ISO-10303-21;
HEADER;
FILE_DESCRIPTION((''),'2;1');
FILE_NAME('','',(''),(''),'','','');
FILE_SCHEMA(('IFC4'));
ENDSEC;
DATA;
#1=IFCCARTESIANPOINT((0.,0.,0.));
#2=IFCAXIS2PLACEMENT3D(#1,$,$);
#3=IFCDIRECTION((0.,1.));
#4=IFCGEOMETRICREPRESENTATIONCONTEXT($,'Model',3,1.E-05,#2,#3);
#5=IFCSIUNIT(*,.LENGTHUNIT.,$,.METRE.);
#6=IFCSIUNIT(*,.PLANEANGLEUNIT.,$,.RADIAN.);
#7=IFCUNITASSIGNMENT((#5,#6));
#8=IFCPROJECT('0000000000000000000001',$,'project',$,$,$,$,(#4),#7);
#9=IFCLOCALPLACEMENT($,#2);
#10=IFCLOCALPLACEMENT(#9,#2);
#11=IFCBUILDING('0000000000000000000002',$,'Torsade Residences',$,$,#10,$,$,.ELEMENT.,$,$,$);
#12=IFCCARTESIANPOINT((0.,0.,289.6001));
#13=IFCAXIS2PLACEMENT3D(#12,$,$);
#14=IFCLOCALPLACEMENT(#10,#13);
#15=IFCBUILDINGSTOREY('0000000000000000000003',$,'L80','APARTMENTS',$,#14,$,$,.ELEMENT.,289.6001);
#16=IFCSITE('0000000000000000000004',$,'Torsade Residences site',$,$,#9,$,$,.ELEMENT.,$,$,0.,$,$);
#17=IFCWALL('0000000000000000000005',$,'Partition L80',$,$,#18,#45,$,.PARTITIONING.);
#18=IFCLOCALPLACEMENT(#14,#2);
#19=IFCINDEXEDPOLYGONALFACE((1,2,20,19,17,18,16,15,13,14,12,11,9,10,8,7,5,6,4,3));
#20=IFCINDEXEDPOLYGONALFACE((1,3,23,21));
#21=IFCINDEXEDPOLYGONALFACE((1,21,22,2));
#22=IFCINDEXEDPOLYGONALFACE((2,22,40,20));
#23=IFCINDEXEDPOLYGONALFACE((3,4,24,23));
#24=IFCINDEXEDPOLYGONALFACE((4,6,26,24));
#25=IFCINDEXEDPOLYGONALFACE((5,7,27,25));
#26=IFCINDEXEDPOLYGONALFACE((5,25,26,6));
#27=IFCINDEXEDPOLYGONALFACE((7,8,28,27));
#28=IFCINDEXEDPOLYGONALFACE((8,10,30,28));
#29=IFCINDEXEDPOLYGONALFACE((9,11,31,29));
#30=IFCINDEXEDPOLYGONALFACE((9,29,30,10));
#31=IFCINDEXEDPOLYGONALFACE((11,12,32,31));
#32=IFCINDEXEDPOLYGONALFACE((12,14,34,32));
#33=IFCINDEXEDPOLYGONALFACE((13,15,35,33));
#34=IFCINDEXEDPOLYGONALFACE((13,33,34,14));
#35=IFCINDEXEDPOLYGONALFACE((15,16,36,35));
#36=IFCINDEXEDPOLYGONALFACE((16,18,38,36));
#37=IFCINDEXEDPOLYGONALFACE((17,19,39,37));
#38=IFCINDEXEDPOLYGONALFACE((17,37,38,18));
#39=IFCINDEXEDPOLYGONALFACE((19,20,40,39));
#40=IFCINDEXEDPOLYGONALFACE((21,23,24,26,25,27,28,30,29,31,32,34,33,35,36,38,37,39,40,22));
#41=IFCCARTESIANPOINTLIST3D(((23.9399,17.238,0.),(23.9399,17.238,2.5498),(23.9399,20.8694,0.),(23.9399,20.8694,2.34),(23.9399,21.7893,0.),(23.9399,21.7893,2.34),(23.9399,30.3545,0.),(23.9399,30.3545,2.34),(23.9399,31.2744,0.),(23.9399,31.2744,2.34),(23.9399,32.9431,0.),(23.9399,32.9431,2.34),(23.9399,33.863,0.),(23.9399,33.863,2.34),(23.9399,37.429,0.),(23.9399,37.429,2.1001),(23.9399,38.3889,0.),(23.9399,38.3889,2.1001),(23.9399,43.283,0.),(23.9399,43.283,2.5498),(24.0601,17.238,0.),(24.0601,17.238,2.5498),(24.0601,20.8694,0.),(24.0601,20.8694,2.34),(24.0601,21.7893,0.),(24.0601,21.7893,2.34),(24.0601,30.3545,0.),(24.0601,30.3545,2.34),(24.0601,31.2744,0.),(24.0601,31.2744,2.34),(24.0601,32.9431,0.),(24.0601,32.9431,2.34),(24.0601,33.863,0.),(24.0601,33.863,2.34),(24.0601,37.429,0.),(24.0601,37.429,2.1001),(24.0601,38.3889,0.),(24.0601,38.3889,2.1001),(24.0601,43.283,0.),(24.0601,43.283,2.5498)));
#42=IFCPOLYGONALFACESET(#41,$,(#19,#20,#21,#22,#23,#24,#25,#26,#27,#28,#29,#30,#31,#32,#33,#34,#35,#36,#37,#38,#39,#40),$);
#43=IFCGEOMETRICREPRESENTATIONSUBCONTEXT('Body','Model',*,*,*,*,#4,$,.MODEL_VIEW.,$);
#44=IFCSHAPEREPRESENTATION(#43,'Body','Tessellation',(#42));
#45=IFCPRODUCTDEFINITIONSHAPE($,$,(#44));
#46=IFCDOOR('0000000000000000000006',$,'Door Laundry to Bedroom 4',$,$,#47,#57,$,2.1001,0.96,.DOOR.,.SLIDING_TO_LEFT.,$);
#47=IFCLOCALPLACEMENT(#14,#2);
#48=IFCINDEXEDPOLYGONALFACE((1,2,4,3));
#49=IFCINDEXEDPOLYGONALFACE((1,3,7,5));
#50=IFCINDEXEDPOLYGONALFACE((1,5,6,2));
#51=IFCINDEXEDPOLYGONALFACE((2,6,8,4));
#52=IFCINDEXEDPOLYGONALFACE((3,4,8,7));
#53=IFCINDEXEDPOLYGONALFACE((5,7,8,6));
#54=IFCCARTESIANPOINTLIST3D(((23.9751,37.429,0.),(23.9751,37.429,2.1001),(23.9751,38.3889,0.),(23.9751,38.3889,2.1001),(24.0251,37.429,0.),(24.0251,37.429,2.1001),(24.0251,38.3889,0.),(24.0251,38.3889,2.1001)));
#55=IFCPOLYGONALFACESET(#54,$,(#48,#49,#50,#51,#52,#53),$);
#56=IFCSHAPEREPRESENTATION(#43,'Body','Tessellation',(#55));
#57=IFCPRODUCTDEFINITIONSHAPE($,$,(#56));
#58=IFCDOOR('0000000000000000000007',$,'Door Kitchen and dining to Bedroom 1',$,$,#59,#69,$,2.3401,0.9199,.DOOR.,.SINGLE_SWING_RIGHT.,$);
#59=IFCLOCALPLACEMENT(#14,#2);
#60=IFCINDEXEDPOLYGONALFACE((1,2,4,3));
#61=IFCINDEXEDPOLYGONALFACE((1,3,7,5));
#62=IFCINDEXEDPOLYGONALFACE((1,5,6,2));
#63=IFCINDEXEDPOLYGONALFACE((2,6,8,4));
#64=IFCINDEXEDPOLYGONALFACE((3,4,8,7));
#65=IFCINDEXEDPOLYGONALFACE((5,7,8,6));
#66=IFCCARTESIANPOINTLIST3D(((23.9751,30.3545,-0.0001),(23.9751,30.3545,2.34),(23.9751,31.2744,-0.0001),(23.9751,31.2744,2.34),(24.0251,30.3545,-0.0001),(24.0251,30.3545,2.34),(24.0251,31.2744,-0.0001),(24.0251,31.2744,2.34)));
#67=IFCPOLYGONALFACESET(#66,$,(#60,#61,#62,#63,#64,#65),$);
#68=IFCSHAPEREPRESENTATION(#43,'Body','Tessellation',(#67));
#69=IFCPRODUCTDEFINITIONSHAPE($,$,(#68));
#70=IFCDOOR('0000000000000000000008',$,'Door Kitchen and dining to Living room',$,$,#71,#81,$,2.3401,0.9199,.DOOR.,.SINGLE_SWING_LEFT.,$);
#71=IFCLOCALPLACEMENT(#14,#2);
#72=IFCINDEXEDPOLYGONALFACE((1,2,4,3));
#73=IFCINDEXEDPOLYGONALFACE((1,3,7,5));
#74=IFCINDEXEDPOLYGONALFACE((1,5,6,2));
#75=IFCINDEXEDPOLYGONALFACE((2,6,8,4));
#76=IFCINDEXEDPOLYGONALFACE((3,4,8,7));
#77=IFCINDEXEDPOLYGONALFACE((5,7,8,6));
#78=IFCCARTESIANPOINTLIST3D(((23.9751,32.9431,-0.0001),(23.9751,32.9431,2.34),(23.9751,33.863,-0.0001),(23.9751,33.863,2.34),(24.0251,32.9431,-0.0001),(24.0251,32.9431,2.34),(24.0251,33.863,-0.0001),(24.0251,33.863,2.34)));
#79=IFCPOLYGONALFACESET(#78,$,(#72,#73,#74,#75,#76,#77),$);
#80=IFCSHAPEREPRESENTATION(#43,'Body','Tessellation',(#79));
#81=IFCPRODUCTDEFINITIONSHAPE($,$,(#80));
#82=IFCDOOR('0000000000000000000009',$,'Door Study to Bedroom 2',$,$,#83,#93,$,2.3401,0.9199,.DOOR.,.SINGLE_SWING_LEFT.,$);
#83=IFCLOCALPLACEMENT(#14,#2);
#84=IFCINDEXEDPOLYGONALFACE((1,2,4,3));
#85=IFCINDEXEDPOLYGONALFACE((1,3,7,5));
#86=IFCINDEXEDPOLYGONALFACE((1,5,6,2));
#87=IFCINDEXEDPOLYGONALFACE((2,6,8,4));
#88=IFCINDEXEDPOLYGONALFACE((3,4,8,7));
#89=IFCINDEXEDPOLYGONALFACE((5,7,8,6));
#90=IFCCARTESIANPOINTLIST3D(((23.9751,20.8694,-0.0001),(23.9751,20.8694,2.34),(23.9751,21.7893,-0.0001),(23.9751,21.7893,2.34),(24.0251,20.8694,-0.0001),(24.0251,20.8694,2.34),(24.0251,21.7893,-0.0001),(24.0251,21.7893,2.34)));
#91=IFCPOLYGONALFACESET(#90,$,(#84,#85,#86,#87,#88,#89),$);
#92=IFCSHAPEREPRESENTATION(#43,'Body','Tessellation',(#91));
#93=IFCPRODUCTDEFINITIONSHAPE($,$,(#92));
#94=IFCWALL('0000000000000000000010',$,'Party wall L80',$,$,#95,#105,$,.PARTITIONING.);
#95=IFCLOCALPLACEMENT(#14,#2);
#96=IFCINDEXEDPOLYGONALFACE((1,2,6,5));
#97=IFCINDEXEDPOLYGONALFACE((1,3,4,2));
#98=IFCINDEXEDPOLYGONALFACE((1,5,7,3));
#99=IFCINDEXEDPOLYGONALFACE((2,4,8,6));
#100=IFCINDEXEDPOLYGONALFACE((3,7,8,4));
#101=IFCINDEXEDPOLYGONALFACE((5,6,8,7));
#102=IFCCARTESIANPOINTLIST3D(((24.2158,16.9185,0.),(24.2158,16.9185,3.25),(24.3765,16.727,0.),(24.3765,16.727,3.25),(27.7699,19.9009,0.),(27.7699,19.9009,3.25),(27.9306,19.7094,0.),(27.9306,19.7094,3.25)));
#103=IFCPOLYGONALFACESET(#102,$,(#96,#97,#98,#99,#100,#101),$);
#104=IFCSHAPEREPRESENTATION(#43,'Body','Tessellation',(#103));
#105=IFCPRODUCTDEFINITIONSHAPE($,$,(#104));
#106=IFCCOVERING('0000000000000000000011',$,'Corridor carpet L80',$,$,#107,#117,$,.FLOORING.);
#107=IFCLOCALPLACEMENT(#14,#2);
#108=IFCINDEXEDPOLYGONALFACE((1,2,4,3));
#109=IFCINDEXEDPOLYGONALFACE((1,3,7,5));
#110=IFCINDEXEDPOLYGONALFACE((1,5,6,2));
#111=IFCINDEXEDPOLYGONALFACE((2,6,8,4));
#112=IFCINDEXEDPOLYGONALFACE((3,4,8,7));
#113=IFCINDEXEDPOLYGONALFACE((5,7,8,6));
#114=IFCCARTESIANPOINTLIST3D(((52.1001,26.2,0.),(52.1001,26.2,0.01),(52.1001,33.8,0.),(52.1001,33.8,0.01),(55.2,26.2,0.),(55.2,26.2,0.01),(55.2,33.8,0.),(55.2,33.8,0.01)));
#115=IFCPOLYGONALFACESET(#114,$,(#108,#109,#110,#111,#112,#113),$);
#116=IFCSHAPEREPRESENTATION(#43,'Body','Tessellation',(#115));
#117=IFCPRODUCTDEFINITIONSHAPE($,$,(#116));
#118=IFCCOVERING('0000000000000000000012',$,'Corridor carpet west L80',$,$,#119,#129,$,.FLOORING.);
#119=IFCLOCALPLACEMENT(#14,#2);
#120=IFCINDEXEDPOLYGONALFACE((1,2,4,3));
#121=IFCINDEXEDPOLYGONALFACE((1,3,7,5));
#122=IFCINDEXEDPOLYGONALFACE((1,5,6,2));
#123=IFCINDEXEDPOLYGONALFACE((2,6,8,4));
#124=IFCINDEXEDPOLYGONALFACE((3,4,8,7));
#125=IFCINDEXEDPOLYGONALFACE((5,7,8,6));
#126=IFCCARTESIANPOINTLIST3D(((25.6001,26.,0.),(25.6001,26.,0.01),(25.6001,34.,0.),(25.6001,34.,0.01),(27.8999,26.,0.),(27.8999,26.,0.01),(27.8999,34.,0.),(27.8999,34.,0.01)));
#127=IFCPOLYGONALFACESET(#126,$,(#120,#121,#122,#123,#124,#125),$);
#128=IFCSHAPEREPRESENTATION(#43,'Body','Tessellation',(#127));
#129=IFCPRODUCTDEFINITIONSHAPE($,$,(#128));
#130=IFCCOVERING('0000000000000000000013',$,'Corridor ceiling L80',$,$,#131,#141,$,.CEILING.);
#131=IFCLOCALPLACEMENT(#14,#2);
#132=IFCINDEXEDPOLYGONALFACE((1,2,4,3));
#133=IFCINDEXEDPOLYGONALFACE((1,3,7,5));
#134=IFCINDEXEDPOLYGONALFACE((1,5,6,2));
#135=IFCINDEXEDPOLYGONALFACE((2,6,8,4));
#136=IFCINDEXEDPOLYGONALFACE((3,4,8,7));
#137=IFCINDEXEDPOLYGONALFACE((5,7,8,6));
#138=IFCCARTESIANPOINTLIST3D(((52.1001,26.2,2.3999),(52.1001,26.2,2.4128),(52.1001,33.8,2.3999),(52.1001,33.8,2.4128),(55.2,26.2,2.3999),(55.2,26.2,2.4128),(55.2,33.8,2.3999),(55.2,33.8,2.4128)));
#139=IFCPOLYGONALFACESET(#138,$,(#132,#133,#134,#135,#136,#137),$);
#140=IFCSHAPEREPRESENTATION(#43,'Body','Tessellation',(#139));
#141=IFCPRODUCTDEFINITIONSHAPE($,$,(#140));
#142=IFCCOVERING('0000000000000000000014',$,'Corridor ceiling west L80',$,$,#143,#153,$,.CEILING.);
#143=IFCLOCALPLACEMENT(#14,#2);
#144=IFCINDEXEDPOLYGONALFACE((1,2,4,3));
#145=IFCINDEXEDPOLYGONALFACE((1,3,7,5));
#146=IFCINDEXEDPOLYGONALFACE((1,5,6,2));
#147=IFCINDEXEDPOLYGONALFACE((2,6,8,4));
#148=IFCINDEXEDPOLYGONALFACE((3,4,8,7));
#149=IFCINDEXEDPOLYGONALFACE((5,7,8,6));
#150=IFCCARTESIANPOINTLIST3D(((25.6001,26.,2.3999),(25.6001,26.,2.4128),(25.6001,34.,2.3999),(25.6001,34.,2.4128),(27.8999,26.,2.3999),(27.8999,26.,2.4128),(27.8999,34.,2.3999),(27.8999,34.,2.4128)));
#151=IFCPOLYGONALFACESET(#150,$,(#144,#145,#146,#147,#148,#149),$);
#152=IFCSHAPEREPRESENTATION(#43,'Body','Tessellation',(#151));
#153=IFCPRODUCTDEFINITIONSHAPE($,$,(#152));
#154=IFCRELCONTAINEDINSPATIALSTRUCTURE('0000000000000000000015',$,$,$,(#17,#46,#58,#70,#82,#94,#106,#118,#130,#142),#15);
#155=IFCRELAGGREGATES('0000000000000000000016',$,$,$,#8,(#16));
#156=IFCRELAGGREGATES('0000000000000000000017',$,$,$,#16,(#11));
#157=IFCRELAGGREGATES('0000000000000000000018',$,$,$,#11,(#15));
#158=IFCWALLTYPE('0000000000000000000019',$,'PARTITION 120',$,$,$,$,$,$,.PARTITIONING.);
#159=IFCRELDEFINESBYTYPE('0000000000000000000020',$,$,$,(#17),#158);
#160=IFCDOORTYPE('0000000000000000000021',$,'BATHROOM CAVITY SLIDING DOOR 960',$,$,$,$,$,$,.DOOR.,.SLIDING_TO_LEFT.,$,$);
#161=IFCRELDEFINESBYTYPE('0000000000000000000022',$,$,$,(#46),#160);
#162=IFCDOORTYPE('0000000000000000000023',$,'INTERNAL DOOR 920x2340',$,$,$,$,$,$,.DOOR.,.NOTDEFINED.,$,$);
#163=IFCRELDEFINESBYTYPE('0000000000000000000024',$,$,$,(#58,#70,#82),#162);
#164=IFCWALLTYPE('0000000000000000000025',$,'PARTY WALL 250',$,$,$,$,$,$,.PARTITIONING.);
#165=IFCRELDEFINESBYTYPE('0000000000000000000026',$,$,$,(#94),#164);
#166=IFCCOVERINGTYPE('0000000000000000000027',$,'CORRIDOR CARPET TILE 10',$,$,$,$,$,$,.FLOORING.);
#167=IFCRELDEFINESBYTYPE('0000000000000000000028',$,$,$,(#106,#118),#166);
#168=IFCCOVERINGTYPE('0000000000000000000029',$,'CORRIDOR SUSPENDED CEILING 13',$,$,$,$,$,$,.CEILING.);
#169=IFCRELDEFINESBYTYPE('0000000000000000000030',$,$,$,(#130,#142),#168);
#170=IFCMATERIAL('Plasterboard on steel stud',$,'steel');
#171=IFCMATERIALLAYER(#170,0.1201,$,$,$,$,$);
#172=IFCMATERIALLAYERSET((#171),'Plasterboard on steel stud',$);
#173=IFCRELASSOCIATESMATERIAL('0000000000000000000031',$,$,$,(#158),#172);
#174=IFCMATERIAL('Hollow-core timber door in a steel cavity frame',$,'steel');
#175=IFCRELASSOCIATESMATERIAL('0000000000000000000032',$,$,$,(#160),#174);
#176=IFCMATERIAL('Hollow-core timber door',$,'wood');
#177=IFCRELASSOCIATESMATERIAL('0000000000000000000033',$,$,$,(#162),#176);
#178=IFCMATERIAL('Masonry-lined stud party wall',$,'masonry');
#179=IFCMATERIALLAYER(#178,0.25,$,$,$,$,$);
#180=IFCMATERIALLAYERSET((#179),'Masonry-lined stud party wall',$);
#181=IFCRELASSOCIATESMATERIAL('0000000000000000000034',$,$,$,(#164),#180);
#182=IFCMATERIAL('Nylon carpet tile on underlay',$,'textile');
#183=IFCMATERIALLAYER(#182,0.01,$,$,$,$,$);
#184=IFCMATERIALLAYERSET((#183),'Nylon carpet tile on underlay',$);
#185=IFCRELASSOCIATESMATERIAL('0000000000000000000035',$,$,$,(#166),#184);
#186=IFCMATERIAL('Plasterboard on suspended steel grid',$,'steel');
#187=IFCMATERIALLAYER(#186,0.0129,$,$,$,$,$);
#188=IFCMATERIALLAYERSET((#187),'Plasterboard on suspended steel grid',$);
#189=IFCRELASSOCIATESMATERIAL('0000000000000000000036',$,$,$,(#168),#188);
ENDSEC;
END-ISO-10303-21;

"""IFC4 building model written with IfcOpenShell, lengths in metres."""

from ifc_helpers import new_model, si_unit, direction, frame, frame_2d, origin, place, context, subcontext, project, spatial, polyline, rectangle, outline, extrude, material, layer, layer_set, type_object, element, fill, save


model = new_model("IFC4")

# Units and contexts
model_context = context("Model", 3, precision=1e-05, world=origin(), true_north=direction((0.0, 1.0)))
body_context = subcontext(model_context, "Body", "Model", "MODEL_VIEW")
ifc_project = project(units=[si_unit("LENGTHUNIT", "METRE"), si_unit("PLANEANGLEUNIT", "RADIAN")], contexts=[model_context])

# Site, building, storey
site_placement = place(None, origin())
site = spatial("IfcSite", under=ifc_project, at=site_placement, Name="Torsade Residences site", CompositionType="ELEMENT", RefElevation=0.0)
building_placement = place(site_placement, origin())
building = spatial("IfcBuilding", under=site, at=building_placement, Name="Torsade Residences", CompositionType="ELEMENT")
storey_placement = place(building_placement, frame((0.0, 0.0, 289.6001)))
storey = spatial("IfcBuildingStorey", under=building, at=storey_placement, Name="L80", Description="APARTMENTS", CompositionType="ELEMENT", Elevation=289.6001)

# Wall, openings, doors
ifc_material_1 = material(Name="Plasterboard on steel stud", Category="steel")
ifc_layer_1 = layer(ifc_material_1, 0.1201)
ifc_layer_set_1 = layer_set([ifc_layer_1], Name="Plasterboard on steel stud")
wall_type_1 = type_object("IfcWallType", Name="PARTITION 120", PredefinedType="PARTITIONING", material=ifc_layer_set_1)
wall_1_placement = place(storey_placement, frame((24.0, 17.238, 0.0), z_axis=(0.0, 0.0, 1.0), x_axis=(0.0, 1.0, 0.0)))
wall_1 = element("IfcWall", 1, at=wall_1_placement, inside=storey, type_object=wall_type_1, Name="Partition L80", PredefinedType="PARTITIONING", context=body_context, shape_type="SweptSolid", body=[
    extrude(rectangle(XDim=26.0449, YDim=0.1201, at=frame_2d((13.0225, 0.0))), origin(), (0.0, 0.0, 1.0), 2.5498),
])
opening_1_placement = place(wall_1_placement, frame((13.1165, 0.0, 0.0)))
opening_1 = element("IfcOpeningElement", 2, at=opening_1_placement, cuts=wall_1, PredefinedType="OPENING", context=body_context, shape_type="SweptSolid", body=[
    extrude(rectangle(XDim=0.9199, YDim=2.3401, at=frame_2d((0.46, 1.1699))), frame((0.0, 0.0701, 0.0), z_axis=(0.0, -1.0, 0.0), x_axis=(1.0, 0.0, 0.0)), (0.0, 0.0, 1.0), 0.1401),
])
opening_2_placement = place(wall_1_placement, frame((15.7051, 0.0, 0.0)))
opening_2 = element("IfcOpeningElement", 3, at=opening_2_placement, cuts=wall_1, PredefinedType="OPENING", context=body_context, shape_type="SweptSolid", body=[
    extrude(rectangle(XDim=0.9199, YDim=2.3401, at=frame_2d((0.46, 1.1699))), frame((0.0, 0.0701, 0.0), z_axis=(0.0, -1.0, 0.0), x_axis=(1.0, 0.0, 0.0)), (0.0, 0.0, 1.0), 0.1401),
])
opening_3_placement = place(wall_1_placement, frame((20.1909, 0.0, 0.0)))
opening_3 = element("IfcOpeningElement", 4, at=opening_3_placement, cuts=wall_1, PredefinedType="OPENING", context=body_context, shape_type="SweptSolid", body=[
    extrude(rectangle(XDim=0.96, YDim=2.1001, at=frame_2d((0.48, 1.05))), frame((0.0, 0.0701, 0.0), z_axis=(0.0, -1.0, 0.0), x_axis=(1.0, 0.0, 0.0)), (0.0, 0.0, 1.0), 0.1401),
])
opening_4_placement = place(wall_1_placement, frame((3.6313, 0.0, 0.0)))
opening_4 = element("IfcOpeningElement", 5, at=opening_4_placement, cuts=wall_1, PredefinedType="OPENING", context=body_context, shape_type="SweptSolid", body=[
    extrude(rectangle(XDim=0.9199, YDim=2.3401, at=frame_2d((0.46, 1.1699))), frame((0.0, 0.0701, 0.0), z_axis=(0.0, -1.0, 0.0), x_axis=(1.0, 0.0, 0.0)), (0.0, 0.0, 1.0), 0.1401),
])
ifc_material_2 = material(Name="Hollow-core timber door in a steel cavity frame", Category="steel")
door_type_1 = type_object("IfcDoorType", Name="BATHROOM CAVITY SLIDING DOOR 960", OperationType="SLIDING_TO_LEFT", PredefinedType="DOOR", material=ifc_material_2)
door_1_placement = place(opening_3_placement, origin())
door_1 = element("IfcDoor", 6, at=door_1_placement, inside=storey, type_object=door_type_1, Name="Door Laundry to Bedroom 4", OperationType="SLIDING_TO_LEFT", OverallHeight=2.1001, OverallWidth=0.96, PredefinedType="DOOR", context=body_context, shape_type="SweptSolid", body=[
    extrude(rectangle(XDim=0.96, YDim=2.1001, at=frame_2d((0.48, 1.05))), frame((0.0, 0.0249, 0.0), z_axis=(0.0, -1.0, 0.0), x_axis=(1.0, 0.0, 0.0)), (0.0, 0.0, 1.0), 0.05),
])
fill(opening_3, door_1)
ifc_material_3 = material(Name="Hollow-core timber door", Category="wood")
door_type_2 = type_object("IfcDoorType", Name="INTERNAL DOOR 920x2340", OperationType="NOTDEFINED", PredefinedType="DOOR", material=ifc_material_3)
door_2_placement = place(opening_1_placement, origin())
door_2 = element("IfcDoor", 7, at=door_2_placement, inside=storey, type_object=door_type_2, Name="Door Kitchen and dining to Bedroom 1", OperationType="SINGLE_SWING_RIGHT", OverallHeight=2.3401, OverallWidth=0.9199, PredefinedType="DOOR", context=body_context, shape_type="SweptSolid", body=[
    extrude(rectangle(XDim=0.9199, YDim=2.3401, at=frame_2d((0.46, 1.1699))), frame((0.0, 0.0249, 0.0), z_axis=(0.0, -1.0, 0.0), x_axis=(1.0, 0.0, 0.0)), (0.0, 0.0, 1.0), 0.05),
])
fill(opening_1, door_2)
door_3_placement = place(opening_2_placement, origin())
door_3 = element("IfcDoor", 8, at=door_3_placement, inside=storey, type_object=door_type_2, Name="Door Kitchen and dining to Living room", OperationType="SINGLE_SWING_LEFT", OverallHeight=2.3401, OverallWidth=0.9199, PredefinedType="DOOR", context=body_context, shape_type="SweptSolid", body=[
    extrude(rectangle(XDim=0.9199, YDim=2.3401, at=frame_2d((0.46, 1.1699))), frame((0.0, 0.0249, 0.0), z_axis=(0.0, -1.0, 0.0), x_axis=(1.0, 0.0, 0.0)), (0.0, 0.0, 1.0), 0.05),
])
fill(opening_2, door_3)
door_4_placement = place(opening_4_placement, origin())
door_4 = element("IfcDoor", 9, at=door_4_placement, inside=storey, type_object=door_type_2, Name="Door Study to Bedroom 2", OperationType="SINGLE_SWING_LEFT", OverallHeight=2.3401, OverallWidth=0.9199, PredefinedType="DOOR", context=body_context, shape_type="SweptSolid", body=[
    extrude(rectangle(XDim=0.9199, YDim=2.3401, at=frame_2d((0.46, 1.1699))), frame((0.0, 0.0249, 0.0), z_axis=(0.0, -1.0, 0.0), x_axis=(1.0, 0.0, 0.0)), (0.0, 0.0, 1.0), 0.05),
])
fill(opening_4, door_4)

# Wall
ifc_material_4 = material(Name="Masonry-lined stud party wall", Category="masonry")
ifc_layer_2 = layer(ifc_material_4, 0.25)
ifc_layer_set_2 = layer_set([ifc_layer_2], Name="Masonry-lined stud party wall")
wall_type_2 = type_object("IfcWallType", Name="PARTY WALL 250", PredefinedType="PARTITIONING", material=ifc_layer_set_2)
wall_2_placement = place(storey_placement, frame((24.2961, 16.8228, 0.0), z_axis=(0.0, 0.0, 1.0), x_axis=(0.766034, 0.6428, 0.0)))
element("IfcWall", 10, at=wall_2_placement, inside=storey, type_object=wall_type_2, Name="Party wall L80", PredefinedType="PARTITIONING", context=body_context, shape_type="SweptSolid", body=[
    extrude(rectangle(XDim=4.6396, YDim=0.25, at=frame_2d((2.3198, 0.0))), origin(), (0.0, 0.0, 1.0), 3.25),
])

# Coverings
ifc_material_5 = material(Name="Nylon carpet tile on underlay", Category="textile")
ifc_layer_3 = layer(ifc_material_5, 0.01)
ifc_layer_set_3 = layer_set([ifc_layer_3], Name="Nylon carpet tile on underlay")
covering_type_1 = type_object("IfcCoveringType", Name="CORRIDOR CARPET TILE 10", PredefinedType="FLOORING", material=ifc_layer_set_3)
covering_1_placement = place(storey_placement, origin())
element("IfcCovering", 11, at=covering_1_placement, inside=storey, type_object=covering_type_1, Name="Corridor carpet L80", PredefinedType="FLOORING", context=body_context, shape_type="SweptSolid", body=[
    extrude(outline(polyline([(55.2, 26.2), (55.2, 33.8), (52.1001, 33.8), (52.1001, 26.2), (55.2, 26.2)])), origin(), (0.0, 0.0, 1.0), 0.01),
])
covering_2_placement = place(storey_placement, origin())
element("IfcCovering", 12, at=covering_2_placement, inside=storey, type_object=covering_type_1, Name="Corridor carpet west L80", PredefinedType="FLOORING", context=body_context, shape_type="SweptSolid", body=[
    extrude(outline(polyline([(27.8999, 26.0), (27.8999, 34.0), (25.6001, 34.0), (25.6001, 26.0), (27.8999, 26.0)])), origin(), (0.0, 0.0, 1.0), 0.01),
])
ifc_material_6 = material(Name="Plasterboard on suspended steel grid", Category="steel")
ifc_layer_4 = layer(ifc_material_6, 0.0129)
ifc_layer_set_4 = layer_set([ifc_layer_4], Name="Plasterboard on suspended steel grid")
covering_type_2 = type_object("IfcCoveringType", Name="CORRIDOR SUSPENDED CEILING 13", PredefinedType="CEILING", material=ifc_layer_set_4)
covering_3_placement = place(storey_placement, frame((0.0, 0.0, 2.3999)))
element("IfcCovering", 13, at=covering_3_placement, inside=storey, type_object=covering_type_2, Name="Corridor ceiling L80", PredefinedType="CEILING", context=body_context, shape_type="SweptSolid", body=[
    extrude(outline(polyline([(55.2, 26.2), (55.2, 33.8), (52.1001, 33.8), (52.1001, 26.2), (55.2, 26.2)])), origin(), (0.0, 0.0, 1.0), 0.0129),
])
covering_4_placement = place(storey_placement, frame((0.0, 0.0, 2.3999)))
element("IfcCovering", 14, at=covering_4_placement, inside=storey, type_object=covering_type_2, Name="Corridor ceiling west L80", PredefinedType="CEILING", context=body_context, shape_type="SweptSolid", body=[
    extrude(outline(polyline([(27.8999, 26.0), (27.8999, 34.0), (25.6001, 34.0), (25.6001, 26.0), (27.8999, 26.0)])), origin(), (0.0, 0.0, 1.0), 0.0129),
])

save(model, "model.ifc")
